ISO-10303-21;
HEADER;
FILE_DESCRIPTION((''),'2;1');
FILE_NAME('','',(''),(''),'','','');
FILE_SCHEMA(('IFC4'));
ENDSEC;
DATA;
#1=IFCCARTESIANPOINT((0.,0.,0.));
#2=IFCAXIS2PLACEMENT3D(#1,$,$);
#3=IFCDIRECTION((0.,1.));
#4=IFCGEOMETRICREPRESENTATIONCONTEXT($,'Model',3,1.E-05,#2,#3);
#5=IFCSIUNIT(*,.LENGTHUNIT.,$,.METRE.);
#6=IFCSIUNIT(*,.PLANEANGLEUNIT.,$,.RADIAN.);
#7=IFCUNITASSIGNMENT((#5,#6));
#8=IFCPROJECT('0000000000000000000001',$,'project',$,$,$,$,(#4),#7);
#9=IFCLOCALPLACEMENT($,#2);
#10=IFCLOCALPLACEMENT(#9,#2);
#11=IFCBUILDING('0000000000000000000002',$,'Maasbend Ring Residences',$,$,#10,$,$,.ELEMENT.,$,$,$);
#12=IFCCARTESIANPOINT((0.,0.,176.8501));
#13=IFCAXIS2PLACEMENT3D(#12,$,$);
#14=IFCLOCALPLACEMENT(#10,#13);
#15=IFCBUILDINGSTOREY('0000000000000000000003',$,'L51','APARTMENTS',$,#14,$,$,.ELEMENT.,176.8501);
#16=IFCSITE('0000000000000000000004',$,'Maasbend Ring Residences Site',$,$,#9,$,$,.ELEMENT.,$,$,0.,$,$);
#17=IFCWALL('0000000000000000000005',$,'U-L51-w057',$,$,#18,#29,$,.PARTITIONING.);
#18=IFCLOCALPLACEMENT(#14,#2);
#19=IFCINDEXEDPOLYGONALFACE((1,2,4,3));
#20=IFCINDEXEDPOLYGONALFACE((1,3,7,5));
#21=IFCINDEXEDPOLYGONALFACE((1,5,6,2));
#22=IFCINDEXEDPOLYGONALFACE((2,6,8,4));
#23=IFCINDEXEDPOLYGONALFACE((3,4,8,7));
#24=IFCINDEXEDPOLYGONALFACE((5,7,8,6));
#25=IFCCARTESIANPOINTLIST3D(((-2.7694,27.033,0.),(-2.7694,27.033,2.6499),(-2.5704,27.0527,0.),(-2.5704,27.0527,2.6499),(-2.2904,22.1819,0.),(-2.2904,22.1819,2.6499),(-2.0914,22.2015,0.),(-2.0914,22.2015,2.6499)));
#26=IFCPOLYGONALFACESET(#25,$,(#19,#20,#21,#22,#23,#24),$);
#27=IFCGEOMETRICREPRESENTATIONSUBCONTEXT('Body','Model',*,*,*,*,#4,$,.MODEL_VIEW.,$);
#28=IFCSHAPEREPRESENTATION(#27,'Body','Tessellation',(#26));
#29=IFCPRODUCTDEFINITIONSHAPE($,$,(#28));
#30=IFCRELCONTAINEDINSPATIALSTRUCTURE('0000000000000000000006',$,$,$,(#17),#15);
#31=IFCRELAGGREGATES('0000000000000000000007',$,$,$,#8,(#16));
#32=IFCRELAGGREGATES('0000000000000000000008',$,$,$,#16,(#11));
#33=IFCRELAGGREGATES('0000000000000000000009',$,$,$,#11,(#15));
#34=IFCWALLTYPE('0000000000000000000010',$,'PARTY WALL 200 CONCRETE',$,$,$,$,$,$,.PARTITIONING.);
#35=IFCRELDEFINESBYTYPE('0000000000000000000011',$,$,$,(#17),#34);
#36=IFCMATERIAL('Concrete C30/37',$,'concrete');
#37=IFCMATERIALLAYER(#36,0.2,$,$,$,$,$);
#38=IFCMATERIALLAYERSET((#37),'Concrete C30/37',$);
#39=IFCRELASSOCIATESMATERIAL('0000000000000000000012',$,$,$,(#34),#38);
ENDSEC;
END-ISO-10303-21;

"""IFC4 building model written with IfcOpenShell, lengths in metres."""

from ifc_helpers import new_model, si_unit, direction, frame, frame_2d, origin, place, context, subcontext, project, spatial, rectangle, extrude, material, layer, layer_set, type_object, element, save


model = new_model("IFC4")

# Units and contexts
model_context = context("Model", 3, precision=1e-05, world=origin(), true_north=direction((0.0, 1.0)))
body_context = subcontext(model_context, "Body", "Model", "MODEL_VIEW")
ifc_project = project(units=[si_unit("LENGTHUNIT", "METRE"), si_unit("PLANEANGLEUNIT", "RADIAN")], contexts=[model_context])

# Site, building, storey
site_placement = place(None, origin())
site = spatial("IfcSite", under=ifc_project, at=site_placement, Name="Maasbend Ring Residences Site", CompositionType="ELEMENT", RefElevation=0.0)
building_placement = place(site_placement, origin())
building = spatial("IfcBuilding", under=site, at=building_placement, Name="Maasbend Ring Residences", CompositionType="ELEMENT")
storey_placement = place(building_placement, frame((0.0, 0.0, 176.8501)))
storey = spatial("IfcBuildingStorey", under=building, at=storey_placement, Name="L51", Description="APARTMENTS", CompositionType="ELEMENT", Elevation=176.8501)

# Wall
ifc_material_1 = material(Name="Concrete C30/37", Category="concrete")
ifc_layer_1 = layer(ifc_material_1, 0.2)
ifc_layer_set_1 = layer_set([ifc_layer_1], Name="Concrete C30/37")
wall_type_1 = type_object("IfcWallType", Name="PARTY WALL 200 CONCRETE", PredefinedType="PARTITIONING", material=ifc_layer_set_1)
wall_1_placement = place(storey_placement, frame((-2.6699, 27.043, 0.0), z_axis=(0.0, 0.0, 1.0), x_axis=(0.098264, -0.99516, 0.0)))
element("IfcWall", 1, at=wall_1_placement, inside=storey, type_object=wall_type_1, Name="U-L51-w057", PredefinedType="PARTITIONING", context=body_context, shape_type="SweptSolid", body=[
    extrude(rectangle(XDim=4.8748, YDim=0.2, at=frame_2d((2.4375, 0.0))), origin(), (0.0, 0.0, 1.0), 2.6499),
])

save(model, "model.ifc")
